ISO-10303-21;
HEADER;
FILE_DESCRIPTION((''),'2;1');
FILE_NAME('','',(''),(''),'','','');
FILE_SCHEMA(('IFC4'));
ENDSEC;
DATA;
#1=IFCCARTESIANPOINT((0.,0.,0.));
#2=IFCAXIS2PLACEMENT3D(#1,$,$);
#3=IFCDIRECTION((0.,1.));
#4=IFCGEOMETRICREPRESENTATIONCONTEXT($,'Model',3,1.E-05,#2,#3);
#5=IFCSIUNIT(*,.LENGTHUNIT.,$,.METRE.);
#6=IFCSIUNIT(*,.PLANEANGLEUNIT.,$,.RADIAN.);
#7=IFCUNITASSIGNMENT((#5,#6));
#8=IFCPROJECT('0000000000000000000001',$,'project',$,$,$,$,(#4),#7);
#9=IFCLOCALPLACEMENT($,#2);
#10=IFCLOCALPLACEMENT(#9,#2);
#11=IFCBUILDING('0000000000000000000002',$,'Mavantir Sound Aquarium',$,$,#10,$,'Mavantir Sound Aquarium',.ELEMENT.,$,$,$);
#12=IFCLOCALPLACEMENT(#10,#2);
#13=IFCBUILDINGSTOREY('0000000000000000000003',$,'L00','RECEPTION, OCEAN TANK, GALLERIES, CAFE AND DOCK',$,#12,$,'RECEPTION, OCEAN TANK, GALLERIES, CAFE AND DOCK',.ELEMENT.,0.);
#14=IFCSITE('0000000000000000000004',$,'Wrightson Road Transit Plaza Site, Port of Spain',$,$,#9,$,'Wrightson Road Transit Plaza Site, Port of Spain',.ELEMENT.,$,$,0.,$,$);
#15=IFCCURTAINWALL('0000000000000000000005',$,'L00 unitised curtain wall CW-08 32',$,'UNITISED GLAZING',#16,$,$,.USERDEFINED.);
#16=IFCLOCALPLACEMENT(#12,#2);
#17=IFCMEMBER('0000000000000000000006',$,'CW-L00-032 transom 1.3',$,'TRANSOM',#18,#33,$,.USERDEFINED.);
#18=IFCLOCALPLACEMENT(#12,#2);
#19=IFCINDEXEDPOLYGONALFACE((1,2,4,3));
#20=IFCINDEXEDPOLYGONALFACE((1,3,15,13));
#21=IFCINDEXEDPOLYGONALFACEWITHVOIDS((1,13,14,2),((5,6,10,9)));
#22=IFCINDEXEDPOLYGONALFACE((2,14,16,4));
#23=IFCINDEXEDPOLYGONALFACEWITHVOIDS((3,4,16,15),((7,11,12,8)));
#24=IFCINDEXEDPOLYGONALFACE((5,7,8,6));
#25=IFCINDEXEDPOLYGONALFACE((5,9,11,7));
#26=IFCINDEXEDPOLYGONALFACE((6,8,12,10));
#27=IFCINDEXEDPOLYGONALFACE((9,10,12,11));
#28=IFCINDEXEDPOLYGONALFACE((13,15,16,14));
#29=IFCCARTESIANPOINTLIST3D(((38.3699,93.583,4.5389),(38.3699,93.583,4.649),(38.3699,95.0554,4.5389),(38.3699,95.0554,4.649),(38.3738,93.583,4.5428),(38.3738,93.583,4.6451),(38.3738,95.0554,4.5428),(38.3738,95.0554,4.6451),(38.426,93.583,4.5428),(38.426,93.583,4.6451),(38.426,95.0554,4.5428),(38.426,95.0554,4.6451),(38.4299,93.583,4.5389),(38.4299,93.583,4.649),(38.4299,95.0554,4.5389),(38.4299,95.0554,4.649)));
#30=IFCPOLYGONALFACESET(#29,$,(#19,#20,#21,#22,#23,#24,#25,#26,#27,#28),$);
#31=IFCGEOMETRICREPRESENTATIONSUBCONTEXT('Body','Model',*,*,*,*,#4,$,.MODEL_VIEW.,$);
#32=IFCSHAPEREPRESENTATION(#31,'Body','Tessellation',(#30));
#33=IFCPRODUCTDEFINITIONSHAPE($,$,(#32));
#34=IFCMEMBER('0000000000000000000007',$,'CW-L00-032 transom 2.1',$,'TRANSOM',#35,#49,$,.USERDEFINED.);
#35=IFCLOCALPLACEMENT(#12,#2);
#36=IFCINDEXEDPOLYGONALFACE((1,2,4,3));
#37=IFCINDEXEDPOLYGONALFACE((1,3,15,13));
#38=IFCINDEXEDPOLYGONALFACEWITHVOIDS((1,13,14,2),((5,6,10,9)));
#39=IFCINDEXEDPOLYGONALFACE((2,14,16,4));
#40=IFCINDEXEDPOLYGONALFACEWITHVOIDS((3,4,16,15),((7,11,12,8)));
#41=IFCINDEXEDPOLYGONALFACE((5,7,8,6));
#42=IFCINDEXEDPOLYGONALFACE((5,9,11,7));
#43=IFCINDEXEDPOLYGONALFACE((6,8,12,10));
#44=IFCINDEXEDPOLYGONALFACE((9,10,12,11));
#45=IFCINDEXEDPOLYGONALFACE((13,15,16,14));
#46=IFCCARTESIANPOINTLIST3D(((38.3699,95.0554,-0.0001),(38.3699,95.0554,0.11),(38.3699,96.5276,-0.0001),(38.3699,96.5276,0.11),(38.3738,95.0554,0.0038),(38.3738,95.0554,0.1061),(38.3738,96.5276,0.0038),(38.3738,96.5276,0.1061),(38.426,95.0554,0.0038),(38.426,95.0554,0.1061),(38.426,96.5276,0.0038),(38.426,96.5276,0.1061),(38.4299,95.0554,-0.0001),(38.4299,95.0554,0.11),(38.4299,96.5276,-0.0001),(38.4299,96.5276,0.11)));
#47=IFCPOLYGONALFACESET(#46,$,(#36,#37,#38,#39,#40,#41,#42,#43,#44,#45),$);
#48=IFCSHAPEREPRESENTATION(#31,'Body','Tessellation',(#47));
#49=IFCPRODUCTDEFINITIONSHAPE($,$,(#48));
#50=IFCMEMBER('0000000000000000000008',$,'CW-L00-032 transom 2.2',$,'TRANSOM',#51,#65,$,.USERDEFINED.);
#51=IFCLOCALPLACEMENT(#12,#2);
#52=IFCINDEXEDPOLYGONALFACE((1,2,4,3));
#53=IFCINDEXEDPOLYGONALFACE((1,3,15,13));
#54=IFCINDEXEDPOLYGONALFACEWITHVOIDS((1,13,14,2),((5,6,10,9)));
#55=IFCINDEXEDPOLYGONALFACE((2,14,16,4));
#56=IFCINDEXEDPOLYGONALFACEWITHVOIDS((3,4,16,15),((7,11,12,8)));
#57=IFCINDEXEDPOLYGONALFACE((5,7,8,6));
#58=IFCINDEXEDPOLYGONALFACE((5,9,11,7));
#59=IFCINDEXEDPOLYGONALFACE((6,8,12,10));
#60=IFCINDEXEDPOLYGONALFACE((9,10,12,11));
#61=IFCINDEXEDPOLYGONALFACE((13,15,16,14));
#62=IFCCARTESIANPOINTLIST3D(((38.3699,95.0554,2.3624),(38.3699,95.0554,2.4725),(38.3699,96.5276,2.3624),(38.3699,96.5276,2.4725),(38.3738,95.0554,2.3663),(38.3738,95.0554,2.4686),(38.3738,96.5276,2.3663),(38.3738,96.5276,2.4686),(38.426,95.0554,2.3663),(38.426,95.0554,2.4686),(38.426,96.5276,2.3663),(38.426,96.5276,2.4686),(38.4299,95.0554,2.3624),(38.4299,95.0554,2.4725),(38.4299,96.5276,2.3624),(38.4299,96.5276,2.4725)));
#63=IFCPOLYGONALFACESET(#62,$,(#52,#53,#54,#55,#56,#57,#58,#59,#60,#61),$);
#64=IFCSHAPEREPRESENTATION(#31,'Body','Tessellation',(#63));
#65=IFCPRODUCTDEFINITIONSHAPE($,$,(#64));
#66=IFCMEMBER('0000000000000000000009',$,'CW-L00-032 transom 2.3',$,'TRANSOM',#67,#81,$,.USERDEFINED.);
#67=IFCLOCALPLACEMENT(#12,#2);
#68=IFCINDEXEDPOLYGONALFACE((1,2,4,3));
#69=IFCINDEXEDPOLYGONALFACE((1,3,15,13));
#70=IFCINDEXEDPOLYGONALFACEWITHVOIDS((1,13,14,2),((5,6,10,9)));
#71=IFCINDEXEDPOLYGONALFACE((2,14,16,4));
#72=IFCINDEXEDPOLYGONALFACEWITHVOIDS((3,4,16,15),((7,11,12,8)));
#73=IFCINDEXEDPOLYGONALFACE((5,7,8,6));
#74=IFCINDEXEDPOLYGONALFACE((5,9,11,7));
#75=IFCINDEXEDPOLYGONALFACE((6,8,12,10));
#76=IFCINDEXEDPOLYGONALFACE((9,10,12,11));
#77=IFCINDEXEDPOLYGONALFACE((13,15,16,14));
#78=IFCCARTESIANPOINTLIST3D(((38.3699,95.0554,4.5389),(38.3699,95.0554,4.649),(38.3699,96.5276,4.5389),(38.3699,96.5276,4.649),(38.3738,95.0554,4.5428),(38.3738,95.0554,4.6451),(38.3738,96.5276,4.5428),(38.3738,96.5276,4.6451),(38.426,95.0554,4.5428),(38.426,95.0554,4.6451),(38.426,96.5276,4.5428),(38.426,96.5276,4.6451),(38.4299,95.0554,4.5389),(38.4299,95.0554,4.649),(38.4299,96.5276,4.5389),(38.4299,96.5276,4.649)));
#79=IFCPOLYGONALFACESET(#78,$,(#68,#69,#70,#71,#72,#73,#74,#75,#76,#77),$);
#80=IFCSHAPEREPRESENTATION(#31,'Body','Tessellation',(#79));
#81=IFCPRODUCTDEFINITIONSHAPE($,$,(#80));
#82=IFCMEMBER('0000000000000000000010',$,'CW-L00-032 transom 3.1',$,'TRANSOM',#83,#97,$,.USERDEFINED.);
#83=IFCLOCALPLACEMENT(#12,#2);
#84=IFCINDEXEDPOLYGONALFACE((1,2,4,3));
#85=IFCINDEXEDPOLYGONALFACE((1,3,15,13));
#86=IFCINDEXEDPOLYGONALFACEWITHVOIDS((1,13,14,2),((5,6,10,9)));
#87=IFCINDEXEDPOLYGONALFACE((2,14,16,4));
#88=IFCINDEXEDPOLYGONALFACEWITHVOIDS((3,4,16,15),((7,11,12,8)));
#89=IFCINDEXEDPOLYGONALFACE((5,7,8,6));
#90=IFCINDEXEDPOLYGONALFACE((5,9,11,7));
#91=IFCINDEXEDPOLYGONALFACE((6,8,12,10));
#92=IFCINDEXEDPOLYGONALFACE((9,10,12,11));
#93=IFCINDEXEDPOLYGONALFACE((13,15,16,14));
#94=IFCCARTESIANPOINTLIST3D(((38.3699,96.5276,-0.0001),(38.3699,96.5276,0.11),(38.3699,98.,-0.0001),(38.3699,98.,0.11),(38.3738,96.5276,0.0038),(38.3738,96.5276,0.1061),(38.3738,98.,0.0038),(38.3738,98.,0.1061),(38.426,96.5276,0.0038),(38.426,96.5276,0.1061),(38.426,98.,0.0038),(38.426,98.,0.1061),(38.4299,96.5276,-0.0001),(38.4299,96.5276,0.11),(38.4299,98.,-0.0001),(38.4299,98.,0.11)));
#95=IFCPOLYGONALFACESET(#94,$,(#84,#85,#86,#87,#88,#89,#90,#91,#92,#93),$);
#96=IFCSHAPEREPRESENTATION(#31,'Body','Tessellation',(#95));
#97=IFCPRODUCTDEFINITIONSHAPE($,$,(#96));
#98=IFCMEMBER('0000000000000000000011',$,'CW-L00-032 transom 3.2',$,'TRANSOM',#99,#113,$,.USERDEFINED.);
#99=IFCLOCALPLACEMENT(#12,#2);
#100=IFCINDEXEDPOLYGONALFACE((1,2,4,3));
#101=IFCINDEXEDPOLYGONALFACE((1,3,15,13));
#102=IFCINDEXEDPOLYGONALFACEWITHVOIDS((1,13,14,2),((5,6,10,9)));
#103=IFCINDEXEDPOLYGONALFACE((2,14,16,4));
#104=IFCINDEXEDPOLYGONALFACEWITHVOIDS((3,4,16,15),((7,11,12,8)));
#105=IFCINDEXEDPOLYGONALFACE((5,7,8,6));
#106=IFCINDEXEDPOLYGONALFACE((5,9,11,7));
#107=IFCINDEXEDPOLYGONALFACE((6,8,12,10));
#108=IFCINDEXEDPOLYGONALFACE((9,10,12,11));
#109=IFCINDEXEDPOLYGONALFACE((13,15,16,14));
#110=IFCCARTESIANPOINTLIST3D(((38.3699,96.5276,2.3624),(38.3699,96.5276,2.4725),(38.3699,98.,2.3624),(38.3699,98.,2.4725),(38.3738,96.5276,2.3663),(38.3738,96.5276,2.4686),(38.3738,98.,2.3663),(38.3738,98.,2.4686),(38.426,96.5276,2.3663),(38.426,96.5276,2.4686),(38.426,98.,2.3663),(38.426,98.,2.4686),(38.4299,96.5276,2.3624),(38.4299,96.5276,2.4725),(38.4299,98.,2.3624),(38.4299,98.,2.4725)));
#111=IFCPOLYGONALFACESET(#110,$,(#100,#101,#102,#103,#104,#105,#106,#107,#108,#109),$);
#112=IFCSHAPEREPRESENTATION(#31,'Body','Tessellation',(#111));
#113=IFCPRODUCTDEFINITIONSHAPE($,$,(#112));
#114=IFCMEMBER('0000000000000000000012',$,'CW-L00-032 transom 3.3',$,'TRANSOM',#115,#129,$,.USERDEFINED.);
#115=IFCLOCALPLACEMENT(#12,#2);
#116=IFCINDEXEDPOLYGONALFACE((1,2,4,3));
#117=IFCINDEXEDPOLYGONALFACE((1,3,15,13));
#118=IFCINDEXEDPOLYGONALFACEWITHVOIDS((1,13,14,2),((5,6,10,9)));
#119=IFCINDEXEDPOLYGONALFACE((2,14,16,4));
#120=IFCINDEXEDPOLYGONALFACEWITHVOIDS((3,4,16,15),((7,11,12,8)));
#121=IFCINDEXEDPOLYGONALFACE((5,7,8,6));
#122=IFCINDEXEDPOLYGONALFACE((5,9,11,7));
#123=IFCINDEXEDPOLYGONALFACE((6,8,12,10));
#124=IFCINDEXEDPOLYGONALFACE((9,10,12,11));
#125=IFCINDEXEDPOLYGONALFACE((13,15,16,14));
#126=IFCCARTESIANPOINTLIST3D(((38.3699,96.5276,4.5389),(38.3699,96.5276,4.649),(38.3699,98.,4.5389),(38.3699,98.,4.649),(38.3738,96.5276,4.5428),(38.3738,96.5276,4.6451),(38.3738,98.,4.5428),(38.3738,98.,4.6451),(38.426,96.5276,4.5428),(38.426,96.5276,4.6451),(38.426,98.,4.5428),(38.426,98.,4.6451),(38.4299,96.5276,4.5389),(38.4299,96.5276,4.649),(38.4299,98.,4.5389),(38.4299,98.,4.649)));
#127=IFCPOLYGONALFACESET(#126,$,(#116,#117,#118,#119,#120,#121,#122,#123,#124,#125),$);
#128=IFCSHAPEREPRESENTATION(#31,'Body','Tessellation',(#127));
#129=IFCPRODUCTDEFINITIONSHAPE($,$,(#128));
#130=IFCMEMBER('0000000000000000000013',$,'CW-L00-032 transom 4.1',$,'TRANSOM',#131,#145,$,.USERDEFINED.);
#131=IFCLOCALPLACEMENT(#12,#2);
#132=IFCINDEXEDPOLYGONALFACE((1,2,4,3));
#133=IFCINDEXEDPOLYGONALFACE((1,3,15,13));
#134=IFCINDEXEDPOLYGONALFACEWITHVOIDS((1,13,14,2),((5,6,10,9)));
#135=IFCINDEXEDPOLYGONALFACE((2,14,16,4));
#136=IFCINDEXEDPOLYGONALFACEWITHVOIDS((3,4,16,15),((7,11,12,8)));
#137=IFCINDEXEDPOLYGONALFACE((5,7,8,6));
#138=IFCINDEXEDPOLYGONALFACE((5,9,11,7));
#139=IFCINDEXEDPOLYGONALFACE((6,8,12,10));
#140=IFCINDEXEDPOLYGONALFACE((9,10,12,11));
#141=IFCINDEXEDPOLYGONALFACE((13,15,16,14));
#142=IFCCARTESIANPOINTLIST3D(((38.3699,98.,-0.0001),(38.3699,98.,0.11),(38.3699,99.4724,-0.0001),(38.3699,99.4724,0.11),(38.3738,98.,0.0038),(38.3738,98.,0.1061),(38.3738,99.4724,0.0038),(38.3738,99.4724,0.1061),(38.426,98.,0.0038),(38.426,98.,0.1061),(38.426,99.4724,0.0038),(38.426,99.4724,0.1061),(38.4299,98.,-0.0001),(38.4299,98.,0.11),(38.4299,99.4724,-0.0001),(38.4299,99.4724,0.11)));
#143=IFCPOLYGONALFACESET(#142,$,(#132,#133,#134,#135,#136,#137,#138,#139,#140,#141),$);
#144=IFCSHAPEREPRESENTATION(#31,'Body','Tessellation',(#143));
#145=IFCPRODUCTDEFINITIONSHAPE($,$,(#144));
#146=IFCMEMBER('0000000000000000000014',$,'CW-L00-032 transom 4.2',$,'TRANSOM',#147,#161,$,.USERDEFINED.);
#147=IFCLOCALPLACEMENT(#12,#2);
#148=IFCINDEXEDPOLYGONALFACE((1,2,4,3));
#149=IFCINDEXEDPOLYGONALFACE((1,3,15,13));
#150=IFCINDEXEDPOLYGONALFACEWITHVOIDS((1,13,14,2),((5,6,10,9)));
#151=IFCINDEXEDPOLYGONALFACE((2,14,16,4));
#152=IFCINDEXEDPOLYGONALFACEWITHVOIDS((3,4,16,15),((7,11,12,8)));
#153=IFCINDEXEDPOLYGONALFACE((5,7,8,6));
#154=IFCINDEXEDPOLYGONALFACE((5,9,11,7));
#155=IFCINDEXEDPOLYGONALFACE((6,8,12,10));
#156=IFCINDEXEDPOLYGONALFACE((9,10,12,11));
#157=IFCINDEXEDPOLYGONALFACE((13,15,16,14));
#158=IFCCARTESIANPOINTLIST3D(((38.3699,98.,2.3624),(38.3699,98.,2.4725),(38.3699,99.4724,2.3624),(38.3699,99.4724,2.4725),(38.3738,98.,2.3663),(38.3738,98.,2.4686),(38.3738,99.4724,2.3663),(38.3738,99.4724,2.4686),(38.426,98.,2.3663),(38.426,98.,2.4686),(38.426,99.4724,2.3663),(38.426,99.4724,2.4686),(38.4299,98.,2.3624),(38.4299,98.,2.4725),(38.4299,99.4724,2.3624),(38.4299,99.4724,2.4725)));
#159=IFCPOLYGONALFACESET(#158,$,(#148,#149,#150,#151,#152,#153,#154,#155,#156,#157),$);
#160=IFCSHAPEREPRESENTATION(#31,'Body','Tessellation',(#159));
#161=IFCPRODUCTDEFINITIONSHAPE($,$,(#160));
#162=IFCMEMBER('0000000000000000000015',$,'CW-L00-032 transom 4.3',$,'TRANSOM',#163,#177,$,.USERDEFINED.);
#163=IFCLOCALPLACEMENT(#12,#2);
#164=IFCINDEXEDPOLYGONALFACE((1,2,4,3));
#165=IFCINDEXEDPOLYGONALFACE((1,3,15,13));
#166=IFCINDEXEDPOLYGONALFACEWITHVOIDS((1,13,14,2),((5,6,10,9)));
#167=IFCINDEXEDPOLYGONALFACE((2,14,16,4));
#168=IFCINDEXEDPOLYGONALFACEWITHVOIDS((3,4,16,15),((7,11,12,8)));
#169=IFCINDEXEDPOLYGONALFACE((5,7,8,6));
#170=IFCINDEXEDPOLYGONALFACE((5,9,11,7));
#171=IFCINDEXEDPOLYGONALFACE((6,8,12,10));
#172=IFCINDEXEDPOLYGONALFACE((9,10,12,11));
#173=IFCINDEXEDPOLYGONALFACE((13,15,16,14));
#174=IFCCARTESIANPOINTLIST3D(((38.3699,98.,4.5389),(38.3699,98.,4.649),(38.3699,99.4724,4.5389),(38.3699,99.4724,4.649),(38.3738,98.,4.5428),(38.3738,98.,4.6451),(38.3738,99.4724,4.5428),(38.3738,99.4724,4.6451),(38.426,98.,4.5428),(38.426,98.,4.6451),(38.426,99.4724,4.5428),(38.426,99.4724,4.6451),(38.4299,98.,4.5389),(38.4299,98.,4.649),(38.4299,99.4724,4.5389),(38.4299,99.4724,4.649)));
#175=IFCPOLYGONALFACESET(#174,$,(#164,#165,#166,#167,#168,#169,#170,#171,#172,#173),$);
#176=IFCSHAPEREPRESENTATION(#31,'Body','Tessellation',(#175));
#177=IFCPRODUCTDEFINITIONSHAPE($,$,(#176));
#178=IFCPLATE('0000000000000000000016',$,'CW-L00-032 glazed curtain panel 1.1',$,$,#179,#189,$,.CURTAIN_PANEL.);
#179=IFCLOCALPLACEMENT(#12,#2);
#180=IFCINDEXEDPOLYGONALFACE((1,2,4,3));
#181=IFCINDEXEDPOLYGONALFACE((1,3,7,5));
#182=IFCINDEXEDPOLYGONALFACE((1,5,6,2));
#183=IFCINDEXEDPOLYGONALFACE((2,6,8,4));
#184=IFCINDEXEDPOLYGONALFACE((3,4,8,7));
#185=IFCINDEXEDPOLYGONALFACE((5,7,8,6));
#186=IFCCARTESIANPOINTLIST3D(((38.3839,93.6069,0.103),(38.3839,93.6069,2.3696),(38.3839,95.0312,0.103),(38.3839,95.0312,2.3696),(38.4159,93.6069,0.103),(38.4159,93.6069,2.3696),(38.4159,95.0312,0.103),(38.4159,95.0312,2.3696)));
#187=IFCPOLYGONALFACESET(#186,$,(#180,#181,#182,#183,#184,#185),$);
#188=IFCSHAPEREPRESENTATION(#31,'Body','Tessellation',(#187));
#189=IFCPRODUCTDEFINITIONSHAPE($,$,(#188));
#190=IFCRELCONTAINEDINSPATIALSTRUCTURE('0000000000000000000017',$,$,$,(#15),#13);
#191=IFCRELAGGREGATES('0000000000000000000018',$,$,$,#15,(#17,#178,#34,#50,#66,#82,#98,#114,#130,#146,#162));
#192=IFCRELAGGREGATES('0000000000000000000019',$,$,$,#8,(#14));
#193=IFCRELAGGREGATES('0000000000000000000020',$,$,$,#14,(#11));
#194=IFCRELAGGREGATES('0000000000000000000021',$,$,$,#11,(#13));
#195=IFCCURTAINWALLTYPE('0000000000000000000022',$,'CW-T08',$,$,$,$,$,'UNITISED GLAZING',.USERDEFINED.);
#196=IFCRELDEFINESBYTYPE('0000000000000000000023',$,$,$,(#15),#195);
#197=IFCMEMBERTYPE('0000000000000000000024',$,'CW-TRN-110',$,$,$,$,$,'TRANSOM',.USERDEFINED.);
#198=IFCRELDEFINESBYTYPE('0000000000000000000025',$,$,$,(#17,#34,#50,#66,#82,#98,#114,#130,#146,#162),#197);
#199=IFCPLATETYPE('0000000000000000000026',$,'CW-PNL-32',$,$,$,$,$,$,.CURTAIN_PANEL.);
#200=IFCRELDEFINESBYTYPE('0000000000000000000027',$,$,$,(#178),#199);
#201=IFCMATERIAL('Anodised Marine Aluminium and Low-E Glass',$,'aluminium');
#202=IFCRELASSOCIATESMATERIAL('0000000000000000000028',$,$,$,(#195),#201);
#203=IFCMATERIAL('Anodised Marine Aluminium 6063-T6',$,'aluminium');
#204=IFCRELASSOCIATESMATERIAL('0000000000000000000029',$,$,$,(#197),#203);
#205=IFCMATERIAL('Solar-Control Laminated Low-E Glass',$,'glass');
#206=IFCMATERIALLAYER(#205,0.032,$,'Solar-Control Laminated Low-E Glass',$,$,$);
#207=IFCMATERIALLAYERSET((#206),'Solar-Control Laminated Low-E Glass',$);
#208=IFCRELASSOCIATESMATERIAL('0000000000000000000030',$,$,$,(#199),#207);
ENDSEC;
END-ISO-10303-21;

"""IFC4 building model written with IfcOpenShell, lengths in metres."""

from ifc_helpers import new_model, si_unit, direction, frame, origin, origin_2d, place, context, subcontext, project, spatial, rectangle, hollow_rectangle, extrude, material, layer, layer_set, material_profile, profile_set, type_object, element, aggregate, save


model = new_model("IFC4")

# Units and contexts
model_context = context("Model", 3, precision=1e-05, world=origin(), true_north=direction((0.0, 1.0)))
body_context = subcontext(model_context, "Body", "Model", "MODEL_VIEW")
ifc_project = project(units=[si_unit("LENGTHUNIT", "METRE"), si_unit("PLANEANGLEUNIT", "RADIAN")], contexts=[model_context])

# Site, building, storey
site_placement = place(None, origin())
site = spatial("IfcSite", under=ifc_project, at=site_placement, Name="Wrightson Road Transit Plaza Site, Port of Spain", LongName="Wrightson Road Transit Plaza Site, Port of Spain", CompositionType="ELEMENT", RefElevation=0.0)
building_placement = place(site_placement, origin())
building = spatial("IfcBuilding", under=site, at=building_placement, Name="Mavantir Sound Aquarium", LongName="Mavantir Sound Aquarium", CompositionType="ELEMENT")
storey_placement = place(building_placement, origin())
storey = spatial("IfcBuildingStorey", under=building, at=storey_placement, Name="L00", Description="RECEPTION, OCEAN TANK, GALLERIES, CAFE AND DOCK", LongName="RECEPTION, OCEAN TANK, GALLERIES, CAFE AND DOCK", CompositionType="ELEMENT", Elevation=0.0)

# Shared definitions
ifc_material_1 = material(Name="Anodised Marine Aluminium and Low-E Glass", Category="aluminium")
ifc_material_2 = material(Name="Anodised Marine Aluminium 6063-T6", Category="aluminium")

# Curtain wall, members, plate
curtain_wall_type_1 = type_object("IfcCurtainWallType", Name="CW-T08", ElementType="UNITISED GLAZING", PredefinedType="USERDEFINED", material=ifc_material_1)
curtain_wall_1_placement = place(storey_placement, origin())
curtain_wall_1 = element("IfcCurtainWall", 1, at=curtain_wall_1_placement, inside=storey, type_object=curtain_wall_type_1, Name="L00 unitised curtain wall CW-08 32", ObjectType="UNITISED GLAZING", PredefinedType="USERDEFINED")
ifc_material_profile_1 = material_profile(ifc_material_2, hollow_rectangle(XDim=0.0601, YDim=0.1101, WallThickness=0.0039, at=origin_2d()), Name="ALU-TRANSOM-110X60")
ifc_profile_set_1 = profile_set([ifc_material_profile_1], Name="Anodised Marine Aluminium 6063-T6")
member_type_1 = type_object("IfcMemberType", Name="CW-TRN-110", ElementType="TRANSOM", PredefinedType="USERDEFINED", material=ifc_profile_set_1)
member_1_placement = place(storey_placement, frame((38.3999, 93.583, 4.594), z_axis=(0.0, 1.0, 0.0), x_axis=(-1.0, 0.0, 0.0)))
member_1 = element("IfcMember", 2, at=member_1_placement, type_object=member_type_1, Name="CW-L00-032 transom 1.3", ObjectType="TRANSOM", PredefinedType="USERDEFINED", context=body_context, shape_type="SweptSolid", body=[
    extrude(hollow_rectangle(XDim=0.0601, YDim=0.1101, WallThickness=0.0039, at=origin_2d()), origin(), (0.0, 0.0, 1.0), 1.4724),
])
member_2_placement = place(storey_placement, frame((38.3999, 95.0554, 0.0549), z_axis=(0.0, 1.0, 0.0), x_axis=(-1.0, 0.0, 0.0)))
member_2 = element("IfcMember", 3, at=member_2_placement, type_object=member_type_1, Name="CW-L00-032 transom 2.1", ObjectType="TRANSOM", PredefinedType="USERDEFINED", context=body_context, shape_type="SweptSolid", body=[
    extrude(hollow_rectangle(XDim=0.0601, YDim=0.1101, WallThickness=0.0039, at=origin_2d()), origin(), (0.0, 0.0, 1.0), 1.4722),
])
member_3_placement = place(storey_placement, frame((38.3999, 95.0554, 2.4175), z_axis=(0.0, 1.0, 0.0), x_axis=(-1.0, 0.0, 0.0)))
member_3 = element("IfcMember", 4, at=member_3_placement, type_object=member_type_1, Name="CW-L00-032 transom 2.2", ObjectType="TRANSOM", PredefinedType="USERDEFINED", context=body_context, shape_type="SweptSolid", body=[
    extrude(hollow_rectangle(XDim=0.0601, YDim=0.1101, WallThickness=0.0039, at=origin_2d()), origin(), (0.0, 0.0, 1.0), 1.4722),
])
member_4_placement = place(storey_placement, frame((38.3999, 95.0554, 4.594), z_axis=(0.0, 1.0, 0.0), x_axis=(-1.0, 0.0, 0.0)))
member_4 = element("IfcMember", 5, at=member_4_placement, type_object=member_type_1, Name="CW-L00-032 transom 2.3", ObjectType="TRANSOM", PredefinedType="USERDEFINED", context=body_context, shape_type="SweptSolid", body=[
    extrude(hollow_rectangle(XDim=0.0601, YDim=0.1101, WallThickness=0.0039, at=origin_2d()), origin(), (0.0, 0.0, 1.0), 1.4722),
])
member_5_placement = place(storey_placement, frame((38.3999, 96.5276, 0.0549), z_axis=(0.0, 1.0, 0.0), x_axis=(-1.0, 0.0, 0.0)))
member_5 = element("IfcMember", 6, at=member_5_placement, type_object=member_type_1, Name="CW-L00-032 transom 3.1", ObjectType="TRANSOM", PredefinedType="USERDEFINED", context=body_context, shape_type="SweptSolid", body=[
    extrude(hollow_rectangle(XDim=0.0601, YDim=0.1101, WallThickness=0.0039, at=origin_2d()), origin(), (0.0, 0.0, 1.0), 1.4724),
])
member_6_placement = place(storey_placement, frame((38.3999, 96.5276, 2.4175), z_axis=(0.0, 1.0, 0.0), x_axis=(-1.0, 0.0, 0.0)))
member_6 = element("IfcMember", 7, at=member_6_placement, type_object=member_type_1, Name="CW-L00-032 transom 3.2", ObjectType="TRANSOM", PredefinedType="USERDEFINED", context=body_context, shape_type="SweptSolid", body=[
    extrude(hollow_rectangle(XDim=0.0601, YDim=0.1101, WallThickness=0.0039, at=origin_2d()), origin(), (0.0, 0.0, 1.0), 1.4724),
])
member_7_placement = place(storey_placement, frame((38.3999, 96.5276, 4.594), z_axis=(0.0, 1.0, 0.0), x_axis=(-1.0, 0.0, 0.0)))
member_7 = element("IfcMember", 8, at=member_7_placement, type_object=member_type_1, Name="CW-L00-032 transom 3.3", ObjectType="TRANSOM", PredefinedType="USERDEFINED", context=body_context, shape_type="SweptSolid", body=[
    extrude(hollow_rectangle(XDim=0.0601, YDim=0.1101, WallThickness=0.0039, at=origin_2d()), origin(), (0.0, 0.0, 1.0), 1.4724),
])
member_8_placement = place(storey_placement, frame((38.3999, 98.0, 0.0549), z_axis=(0.0, 1.0, 0.0), x_axis=(-1.0, 0.0, 0.0)))
member_8 = element("IfcMember", 9, at=member_8_placement, type_object=member_type_1, Name="CW-L00-032 transom 4.1", ObjectType="TRANSOM", PredefinedType="USERDEFINED", context=body_context, shape_type="SweptSolid", body=[
    extrude(hollow_rectangle(XDim=0.0601, YDim=0.1101, WallThickness=0.0039, at=origin_2d()), origin(), (0.0, 0.0, 1.0), 1.4724),
])
member_9_placement = place(storey_placement, frame((38.3999, 98.0, 2.4175), z_axis=(0.0, 1.0, 0.0), x_axis=(-1.0, 0.0, 0.0)))
member_9 = element("IfcMember", 10, at=member_9_placement, type_object=member_type_1, Name="CW-L00-032 transom 4.2", ObjectType="TRANSOM", PredefinedType="USERDEFINED", context=body_context, shape_type="SweptSolid", body=[
    extrude(hollow_rectangle(XDim=0.0601, YDim=0.1101, WallThickness=0.0039, at=origin_2d()), origin(), (0.0, 0.0, 1.0), 1.4724),
])
member_10_placement = place(storey_placement, frame((38.3999, 98.0, 4.594), z_axis=(0.0, 1.0, 0.0), x_axis=(-1.0, 0.0, 0.0)))
member_10 = element("IfcMember", 11, at=member_10_placement, type_object=member_type_1, Name="CW-L00-032 transom 4.3", ObjectType="TRANSOM", PredefinedType="USERDEFINED", context=body_context, shape_type="SweptSolid", body=[
    extrude(hollow_rectangle(XDim=0.0601, YDim=0.1101, WallThickness=0.0039, at=origin_2d()), origin(), (0.0, 0.0, 1.0), 1.4724),
])
ifc_material_3 = material(Name="Solar-Control Laminated Low-E Glass", Category="glass")
ifc_layer = layer(ifc_material_3, 0.032, Name="Solar-Control Laminated Low-E Glass")
ifc_layer_set = layer_set([ifc_layer], Name="Solar-Control Laminated Low-E Glass")
plate_type = type_object("IfcPlateType", Name="CW-PNL-32", PredefinedType="CURTAIN_PANEL", material=ifc_layer_set)
plate_1_placement = place(storey_placement, frame((38.3999, 94.3191, 0.103), z_axis=(0.0, 0.0, 1.0), x_axis=(0.0, 1.0, 0.0)))
plate_1 = element("IfcPlate", 12, at=plate_1_placement, type_object=plate_type, Name="CW-L00-032 glazed curtain panel 1.1", PredefinedType="CURTAIN_PANEL", context=body_context, shape_type="SweptSolid", body=[
    extrude(rectangle(XDim=1.4243, YDim=0.032, at=origin_2d()), origin(), (0.0, 0.0, 1.0), 2.2666),
])
aggregate(curtain_wall_1, [member_1, plate_1, member_2, member_3, member_4, member_5, member_6, member_7, member_8, member_9, member_10])

save(model, "model.ifc")
